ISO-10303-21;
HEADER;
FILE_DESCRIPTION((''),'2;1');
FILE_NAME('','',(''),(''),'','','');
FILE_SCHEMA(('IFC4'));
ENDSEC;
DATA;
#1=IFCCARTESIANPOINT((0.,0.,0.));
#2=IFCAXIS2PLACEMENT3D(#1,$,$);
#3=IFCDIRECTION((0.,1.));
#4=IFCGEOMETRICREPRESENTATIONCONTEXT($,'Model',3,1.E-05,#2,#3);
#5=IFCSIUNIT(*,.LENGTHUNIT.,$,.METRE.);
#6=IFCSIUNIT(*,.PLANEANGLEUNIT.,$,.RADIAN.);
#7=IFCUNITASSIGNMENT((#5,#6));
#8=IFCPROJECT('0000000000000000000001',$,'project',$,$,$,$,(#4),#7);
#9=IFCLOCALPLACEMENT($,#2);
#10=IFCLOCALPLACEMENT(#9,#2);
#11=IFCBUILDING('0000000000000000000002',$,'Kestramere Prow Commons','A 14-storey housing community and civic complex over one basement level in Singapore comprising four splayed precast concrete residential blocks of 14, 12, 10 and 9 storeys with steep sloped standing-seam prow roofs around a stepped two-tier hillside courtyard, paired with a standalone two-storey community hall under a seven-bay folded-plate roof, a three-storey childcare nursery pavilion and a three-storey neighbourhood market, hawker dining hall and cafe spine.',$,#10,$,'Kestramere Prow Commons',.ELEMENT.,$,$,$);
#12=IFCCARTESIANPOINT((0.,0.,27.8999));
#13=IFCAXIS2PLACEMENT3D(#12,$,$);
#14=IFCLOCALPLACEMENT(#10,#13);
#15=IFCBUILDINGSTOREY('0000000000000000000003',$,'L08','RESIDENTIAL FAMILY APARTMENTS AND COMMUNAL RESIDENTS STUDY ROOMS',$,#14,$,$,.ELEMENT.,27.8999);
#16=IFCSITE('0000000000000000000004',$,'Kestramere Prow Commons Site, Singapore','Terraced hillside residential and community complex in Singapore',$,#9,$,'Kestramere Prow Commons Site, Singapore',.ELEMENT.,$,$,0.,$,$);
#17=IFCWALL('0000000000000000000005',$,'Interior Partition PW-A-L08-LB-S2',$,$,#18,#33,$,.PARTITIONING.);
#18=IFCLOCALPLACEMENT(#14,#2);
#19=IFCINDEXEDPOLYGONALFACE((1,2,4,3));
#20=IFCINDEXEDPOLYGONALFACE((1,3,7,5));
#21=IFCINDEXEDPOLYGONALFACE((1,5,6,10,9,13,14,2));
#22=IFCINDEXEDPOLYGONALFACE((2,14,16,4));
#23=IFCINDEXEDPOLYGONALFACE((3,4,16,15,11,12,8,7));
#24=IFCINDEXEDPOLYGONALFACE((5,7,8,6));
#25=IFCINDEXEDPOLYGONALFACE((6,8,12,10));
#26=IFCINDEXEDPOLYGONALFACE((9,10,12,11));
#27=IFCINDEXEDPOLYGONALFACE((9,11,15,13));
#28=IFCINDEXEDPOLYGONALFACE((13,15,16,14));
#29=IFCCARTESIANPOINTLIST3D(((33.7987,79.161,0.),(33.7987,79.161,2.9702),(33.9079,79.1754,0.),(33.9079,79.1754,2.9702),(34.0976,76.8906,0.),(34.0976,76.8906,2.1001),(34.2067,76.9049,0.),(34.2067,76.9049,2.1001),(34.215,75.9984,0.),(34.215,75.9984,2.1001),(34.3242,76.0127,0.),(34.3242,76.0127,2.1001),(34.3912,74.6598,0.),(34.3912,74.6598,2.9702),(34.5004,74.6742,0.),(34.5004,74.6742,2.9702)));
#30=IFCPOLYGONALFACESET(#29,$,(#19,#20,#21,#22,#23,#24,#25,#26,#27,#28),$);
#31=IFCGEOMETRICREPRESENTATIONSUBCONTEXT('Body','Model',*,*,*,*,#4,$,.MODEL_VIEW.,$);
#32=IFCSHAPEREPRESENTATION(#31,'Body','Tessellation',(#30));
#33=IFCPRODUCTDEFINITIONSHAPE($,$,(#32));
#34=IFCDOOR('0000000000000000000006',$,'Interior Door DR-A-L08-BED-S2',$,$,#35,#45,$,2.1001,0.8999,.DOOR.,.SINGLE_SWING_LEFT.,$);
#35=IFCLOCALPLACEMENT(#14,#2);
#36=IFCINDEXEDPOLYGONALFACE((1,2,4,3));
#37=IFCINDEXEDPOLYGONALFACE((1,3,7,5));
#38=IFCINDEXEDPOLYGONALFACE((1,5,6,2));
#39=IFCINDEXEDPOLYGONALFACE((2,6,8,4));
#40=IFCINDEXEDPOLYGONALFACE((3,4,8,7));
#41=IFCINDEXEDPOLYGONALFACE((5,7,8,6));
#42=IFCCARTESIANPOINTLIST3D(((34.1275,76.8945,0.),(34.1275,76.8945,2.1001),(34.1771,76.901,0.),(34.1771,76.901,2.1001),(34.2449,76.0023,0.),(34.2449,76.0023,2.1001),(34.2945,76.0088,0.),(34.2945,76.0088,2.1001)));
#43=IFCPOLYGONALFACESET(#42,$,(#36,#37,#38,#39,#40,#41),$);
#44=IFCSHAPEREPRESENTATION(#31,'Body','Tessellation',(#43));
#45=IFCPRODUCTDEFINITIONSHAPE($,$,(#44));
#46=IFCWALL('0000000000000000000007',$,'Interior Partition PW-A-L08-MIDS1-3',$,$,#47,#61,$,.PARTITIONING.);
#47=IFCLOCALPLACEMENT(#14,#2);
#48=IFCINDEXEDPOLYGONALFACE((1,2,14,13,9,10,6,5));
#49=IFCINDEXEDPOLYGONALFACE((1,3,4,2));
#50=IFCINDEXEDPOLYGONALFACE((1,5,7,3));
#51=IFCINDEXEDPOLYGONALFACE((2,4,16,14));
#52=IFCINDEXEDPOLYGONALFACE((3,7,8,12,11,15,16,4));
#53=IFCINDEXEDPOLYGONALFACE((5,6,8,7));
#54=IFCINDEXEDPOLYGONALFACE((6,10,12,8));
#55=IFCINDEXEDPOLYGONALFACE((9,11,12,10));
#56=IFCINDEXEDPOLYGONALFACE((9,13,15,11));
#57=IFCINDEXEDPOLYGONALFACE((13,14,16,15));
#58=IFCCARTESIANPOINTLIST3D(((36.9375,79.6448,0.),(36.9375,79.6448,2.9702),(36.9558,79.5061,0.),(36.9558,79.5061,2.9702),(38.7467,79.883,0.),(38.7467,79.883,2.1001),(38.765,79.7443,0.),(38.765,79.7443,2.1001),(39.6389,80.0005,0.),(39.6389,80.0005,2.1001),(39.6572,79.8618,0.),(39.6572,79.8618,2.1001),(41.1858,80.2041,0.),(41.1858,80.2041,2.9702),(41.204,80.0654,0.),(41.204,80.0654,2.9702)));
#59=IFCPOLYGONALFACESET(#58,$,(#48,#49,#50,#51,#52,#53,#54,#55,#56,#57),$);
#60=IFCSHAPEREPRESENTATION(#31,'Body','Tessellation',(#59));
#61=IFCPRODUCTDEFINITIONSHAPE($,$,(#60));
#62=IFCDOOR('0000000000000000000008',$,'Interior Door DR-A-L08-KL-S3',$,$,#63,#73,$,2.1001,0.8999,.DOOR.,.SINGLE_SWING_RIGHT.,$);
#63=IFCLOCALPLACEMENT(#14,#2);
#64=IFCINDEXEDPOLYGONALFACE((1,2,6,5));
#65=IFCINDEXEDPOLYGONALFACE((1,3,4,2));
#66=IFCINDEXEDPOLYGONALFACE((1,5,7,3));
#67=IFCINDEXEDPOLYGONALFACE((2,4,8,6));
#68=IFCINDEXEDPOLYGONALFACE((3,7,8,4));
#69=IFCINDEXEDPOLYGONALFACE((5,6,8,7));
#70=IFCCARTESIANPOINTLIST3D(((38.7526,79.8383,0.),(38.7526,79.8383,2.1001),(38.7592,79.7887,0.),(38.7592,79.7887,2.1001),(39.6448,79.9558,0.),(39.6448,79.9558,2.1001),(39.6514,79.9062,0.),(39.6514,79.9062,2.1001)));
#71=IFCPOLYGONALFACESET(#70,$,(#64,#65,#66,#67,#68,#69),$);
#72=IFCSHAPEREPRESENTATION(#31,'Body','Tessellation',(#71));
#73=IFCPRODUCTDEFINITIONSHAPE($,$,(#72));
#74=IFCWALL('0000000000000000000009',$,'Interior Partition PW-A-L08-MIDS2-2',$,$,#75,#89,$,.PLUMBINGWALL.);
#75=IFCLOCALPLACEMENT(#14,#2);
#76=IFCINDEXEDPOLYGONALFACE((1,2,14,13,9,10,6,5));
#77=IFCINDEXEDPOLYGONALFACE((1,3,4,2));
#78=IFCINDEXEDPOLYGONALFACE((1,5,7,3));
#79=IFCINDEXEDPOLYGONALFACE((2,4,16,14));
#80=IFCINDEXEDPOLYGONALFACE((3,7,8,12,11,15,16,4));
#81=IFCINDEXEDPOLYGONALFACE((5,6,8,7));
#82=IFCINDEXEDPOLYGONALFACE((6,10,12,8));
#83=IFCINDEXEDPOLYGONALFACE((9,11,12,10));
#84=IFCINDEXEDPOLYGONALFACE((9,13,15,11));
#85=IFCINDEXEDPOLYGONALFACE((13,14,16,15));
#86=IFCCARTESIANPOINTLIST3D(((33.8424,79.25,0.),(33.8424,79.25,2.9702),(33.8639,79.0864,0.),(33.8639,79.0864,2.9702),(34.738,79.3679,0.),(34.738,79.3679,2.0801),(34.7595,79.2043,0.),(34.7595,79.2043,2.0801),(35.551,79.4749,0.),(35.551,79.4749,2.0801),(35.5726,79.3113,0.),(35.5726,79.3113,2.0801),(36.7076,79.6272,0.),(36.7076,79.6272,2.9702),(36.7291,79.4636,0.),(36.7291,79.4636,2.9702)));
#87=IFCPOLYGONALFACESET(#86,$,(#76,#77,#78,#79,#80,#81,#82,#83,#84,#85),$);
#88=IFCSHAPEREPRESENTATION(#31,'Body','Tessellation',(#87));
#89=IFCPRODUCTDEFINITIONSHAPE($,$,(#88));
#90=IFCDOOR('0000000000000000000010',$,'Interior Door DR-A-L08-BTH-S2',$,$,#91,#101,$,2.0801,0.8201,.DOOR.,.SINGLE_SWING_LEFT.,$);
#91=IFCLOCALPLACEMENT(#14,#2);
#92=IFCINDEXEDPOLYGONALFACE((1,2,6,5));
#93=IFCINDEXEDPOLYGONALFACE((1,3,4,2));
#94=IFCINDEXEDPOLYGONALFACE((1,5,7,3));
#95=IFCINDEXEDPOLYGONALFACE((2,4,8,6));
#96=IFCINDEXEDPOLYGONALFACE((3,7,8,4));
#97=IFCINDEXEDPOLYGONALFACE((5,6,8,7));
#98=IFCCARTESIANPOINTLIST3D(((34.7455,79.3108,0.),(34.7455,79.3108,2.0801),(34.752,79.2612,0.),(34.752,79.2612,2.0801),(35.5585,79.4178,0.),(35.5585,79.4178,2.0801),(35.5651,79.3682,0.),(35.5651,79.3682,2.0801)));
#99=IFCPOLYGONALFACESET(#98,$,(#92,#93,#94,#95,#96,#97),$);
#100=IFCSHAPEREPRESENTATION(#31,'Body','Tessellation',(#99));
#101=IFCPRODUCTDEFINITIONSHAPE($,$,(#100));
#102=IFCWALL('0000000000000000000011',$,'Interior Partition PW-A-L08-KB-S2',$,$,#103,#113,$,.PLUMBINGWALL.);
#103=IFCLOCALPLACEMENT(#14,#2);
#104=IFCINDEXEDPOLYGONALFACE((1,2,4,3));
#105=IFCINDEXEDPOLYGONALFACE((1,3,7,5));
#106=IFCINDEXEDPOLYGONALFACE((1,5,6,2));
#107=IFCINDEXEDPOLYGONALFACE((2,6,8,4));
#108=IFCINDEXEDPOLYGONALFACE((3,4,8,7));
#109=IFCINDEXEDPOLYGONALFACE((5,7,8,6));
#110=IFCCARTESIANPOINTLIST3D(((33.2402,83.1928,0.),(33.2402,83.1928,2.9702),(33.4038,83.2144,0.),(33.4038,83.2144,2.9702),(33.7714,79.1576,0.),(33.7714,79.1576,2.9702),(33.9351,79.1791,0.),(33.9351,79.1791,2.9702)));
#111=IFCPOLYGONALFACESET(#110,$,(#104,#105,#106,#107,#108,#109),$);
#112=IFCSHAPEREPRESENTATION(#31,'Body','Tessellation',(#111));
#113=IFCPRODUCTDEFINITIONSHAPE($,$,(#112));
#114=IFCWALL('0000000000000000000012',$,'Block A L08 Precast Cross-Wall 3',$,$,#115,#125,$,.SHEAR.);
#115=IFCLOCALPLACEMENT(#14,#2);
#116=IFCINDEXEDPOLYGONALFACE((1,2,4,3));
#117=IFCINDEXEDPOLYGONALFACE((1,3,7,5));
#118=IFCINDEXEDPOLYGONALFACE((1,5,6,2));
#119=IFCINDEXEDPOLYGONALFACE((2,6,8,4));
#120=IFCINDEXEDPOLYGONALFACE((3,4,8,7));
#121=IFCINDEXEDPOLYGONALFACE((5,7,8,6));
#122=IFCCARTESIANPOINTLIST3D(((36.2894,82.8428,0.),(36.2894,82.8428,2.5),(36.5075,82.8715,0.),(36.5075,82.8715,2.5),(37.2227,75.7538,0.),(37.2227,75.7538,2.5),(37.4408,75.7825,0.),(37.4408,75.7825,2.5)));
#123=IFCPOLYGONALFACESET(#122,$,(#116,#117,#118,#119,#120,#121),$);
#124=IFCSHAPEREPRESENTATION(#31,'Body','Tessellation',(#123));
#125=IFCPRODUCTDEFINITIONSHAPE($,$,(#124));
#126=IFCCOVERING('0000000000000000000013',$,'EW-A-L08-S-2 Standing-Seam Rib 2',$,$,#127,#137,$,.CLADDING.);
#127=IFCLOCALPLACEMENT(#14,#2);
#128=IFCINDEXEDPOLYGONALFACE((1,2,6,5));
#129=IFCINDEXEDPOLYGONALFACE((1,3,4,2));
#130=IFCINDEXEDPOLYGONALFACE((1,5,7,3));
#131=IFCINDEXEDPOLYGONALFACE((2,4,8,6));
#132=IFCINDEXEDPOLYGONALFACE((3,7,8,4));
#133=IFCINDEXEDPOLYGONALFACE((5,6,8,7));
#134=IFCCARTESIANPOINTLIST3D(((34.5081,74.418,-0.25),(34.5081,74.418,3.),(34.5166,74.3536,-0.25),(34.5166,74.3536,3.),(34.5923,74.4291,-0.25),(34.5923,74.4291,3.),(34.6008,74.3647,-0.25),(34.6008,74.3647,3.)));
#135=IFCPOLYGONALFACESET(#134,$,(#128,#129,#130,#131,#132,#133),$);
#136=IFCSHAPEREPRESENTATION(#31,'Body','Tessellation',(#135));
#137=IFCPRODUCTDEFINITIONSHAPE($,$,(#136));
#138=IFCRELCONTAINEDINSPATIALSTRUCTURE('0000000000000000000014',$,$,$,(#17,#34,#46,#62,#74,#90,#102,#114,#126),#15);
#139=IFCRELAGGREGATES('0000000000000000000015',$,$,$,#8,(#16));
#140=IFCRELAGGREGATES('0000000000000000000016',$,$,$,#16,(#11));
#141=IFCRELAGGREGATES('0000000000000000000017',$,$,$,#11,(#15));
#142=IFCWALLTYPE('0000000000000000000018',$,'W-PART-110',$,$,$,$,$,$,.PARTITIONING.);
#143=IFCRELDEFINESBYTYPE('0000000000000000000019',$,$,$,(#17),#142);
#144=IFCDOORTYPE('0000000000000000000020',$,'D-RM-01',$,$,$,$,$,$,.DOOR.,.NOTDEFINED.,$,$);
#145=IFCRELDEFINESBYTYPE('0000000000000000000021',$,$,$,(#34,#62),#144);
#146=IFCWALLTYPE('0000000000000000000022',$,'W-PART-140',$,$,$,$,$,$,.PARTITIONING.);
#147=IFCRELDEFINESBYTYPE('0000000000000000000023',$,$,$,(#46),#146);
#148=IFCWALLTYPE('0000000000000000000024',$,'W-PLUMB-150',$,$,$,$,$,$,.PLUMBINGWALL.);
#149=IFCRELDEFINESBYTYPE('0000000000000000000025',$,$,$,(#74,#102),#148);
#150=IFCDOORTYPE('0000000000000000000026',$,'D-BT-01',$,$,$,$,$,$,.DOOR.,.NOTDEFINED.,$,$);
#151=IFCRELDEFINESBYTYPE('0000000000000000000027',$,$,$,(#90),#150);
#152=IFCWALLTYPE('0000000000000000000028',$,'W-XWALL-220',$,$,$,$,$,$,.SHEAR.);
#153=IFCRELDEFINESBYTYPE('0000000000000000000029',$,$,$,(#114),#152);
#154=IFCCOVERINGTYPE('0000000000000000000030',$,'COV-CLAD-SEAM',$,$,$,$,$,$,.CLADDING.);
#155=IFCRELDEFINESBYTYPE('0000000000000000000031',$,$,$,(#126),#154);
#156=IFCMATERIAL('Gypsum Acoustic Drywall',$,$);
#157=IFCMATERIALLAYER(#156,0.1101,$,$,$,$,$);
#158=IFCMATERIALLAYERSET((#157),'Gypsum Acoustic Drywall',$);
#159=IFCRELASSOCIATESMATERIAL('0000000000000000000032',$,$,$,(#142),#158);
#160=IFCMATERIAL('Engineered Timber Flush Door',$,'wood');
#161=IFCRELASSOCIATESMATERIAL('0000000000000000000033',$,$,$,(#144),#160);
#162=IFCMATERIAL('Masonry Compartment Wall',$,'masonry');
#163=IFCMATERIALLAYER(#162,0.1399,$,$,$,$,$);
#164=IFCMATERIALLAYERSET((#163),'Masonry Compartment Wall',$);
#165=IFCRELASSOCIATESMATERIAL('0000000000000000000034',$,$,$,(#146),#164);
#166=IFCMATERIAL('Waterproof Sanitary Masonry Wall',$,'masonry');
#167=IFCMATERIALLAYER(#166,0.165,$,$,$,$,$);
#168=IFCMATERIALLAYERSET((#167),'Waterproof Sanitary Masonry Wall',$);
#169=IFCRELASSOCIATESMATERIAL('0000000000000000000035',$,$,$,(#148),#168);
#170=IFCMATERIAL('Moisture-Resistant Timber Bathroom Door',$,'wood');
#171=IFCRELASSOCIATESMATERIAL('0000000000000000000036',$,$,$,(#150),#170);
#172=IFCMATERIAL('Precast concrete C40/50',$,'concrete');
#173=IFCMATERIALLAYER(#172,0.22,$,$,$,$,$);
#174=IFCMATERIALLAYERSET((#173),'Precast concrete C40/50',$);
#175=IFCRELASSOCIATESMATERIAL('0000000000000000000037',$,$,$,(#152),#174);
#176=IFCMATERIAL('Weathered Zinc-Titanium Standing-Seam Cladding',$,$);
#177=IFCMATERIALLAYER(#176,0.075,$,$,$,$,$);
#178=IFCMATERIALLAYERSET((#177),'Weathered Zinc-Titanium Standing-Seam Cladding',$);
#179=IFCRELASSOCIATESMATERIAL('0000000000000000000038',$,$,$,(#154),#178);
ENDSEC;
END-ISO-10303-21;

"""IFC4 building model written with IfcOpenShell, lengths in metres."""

from ifc_helpers import new_model, si_unit, direction, frame, frame_2d, origin, origin_2d, place, context, subcontext, project, spatial, rectangle, extrude, material, layer, layer_set, type_object, element, fill, save


model = new_model("IFC4")

# Units and contexts
model_context = context("Model", 3, precision=1e-05, world=origin(), true_north=direction((0.0, 1.0)))
body_context = subcontext(model_context, "Body", "Model", "MODEL_VIEW")
ifc_project = project(units=[si_unit("LENGTHUNIT", "METRE"), si_unit("PLANEANGLEUNIT", "RADIAN")], contexts=[model_context])

# Site, building, storey
site_placement = place(None, origin())
site = spatial("IfcSite", under=ifc_project, at=site_placement, Name="Kestramere Prow Commons Site, Singapore", Description="Terraced hillside residential and community complex in Singapore", LongName="Kestramere Prow Commons Site, Singapore", CompositionType="ELEMENT", RefElevation=0.0)
building_placement = place(site_placement, origin())
building = spatial("IfcBuilding", under=site, at=building_placement, Name="Kestramere Prow Commons", Description="A 14-storey housing community and civic complex over one basement level in Singapore comprising four splayed precast concrete residential blocks of 14, 12, 10 and 9 storeys with steep sloped standing-seam prow roofs around a stepped two-tier hillside courtyard, paired with a standalone two-storey community hall under a seven-bay folded-plate roof, a three-storey childcare nursery pavilion and a three-storey neighbourhood market, hawker dining hall and cafe spine.", LongName="Kestramere Prow Commons", CompositionType="ELEMENT")
storey_placement = place(building_placement, frame((0.0, 0.0, 27.8999)))
storey = spatial("IfcBuildingStorey", under=building, at=storey_placement, Name="L08", Description="RESIDENTIAL FAMILY APARTMENTS AND COMMUNAL RESIDENTS STUDY ROOMS", CompositionType="ELEMENT", Elevation=27.8999)

# Shared definitions
ifc_material_1 = material(Name="Precast concrete C40/50", Category="concrete")

# Walls, openings, doors
ifc_material_2 = material(Name="Gypsum Acoustic Drywall")
ifc_layer_1 = layer(ifc_material_2, 0.1101)
ifc_layer_set_1 = layer_set([ifc_layer_1], Name="Gypsum Acoustic Drywall")
wall_type_1 = type_object("IfcWallType", Name="W-PART-110", PredefinedType="PARTITIONING", material=ifc_layer_set_1)
wall_1_placement = place(storey_placement, frame((34.4458, 74.667, 0.0), z_axis=(0.0, 0.0, 1.0), x_axis=(-0.130512, 0.991447, 0.0)))
wall_1 = element("IfcWall", 1, at=wall_1_placement, inside=storey, type_object=wall_type_1, Name="Interior Partition PW-A-L08-LB-S2", PredefinedType="PARTITIONING", context=body_context, shape_type="SweptSolid", body=[
    extrude(rectangle(XDim=4.54, YDim=0.1101, at=frame_2d((2.27, 0.0))), origin(), (0.0, 0.0, 1.0), 2.9702),
])
opening_1_placement = place(wall_1_placement, frame((1.3501, 0.0, 0.0)))
opening_1 = element("IfcOpeningElement", 2, at=opening_1_placement, cuts=wall_1, PredefinedType="OPENING", context=body_context, shape_type="SweptSolid", body=[
    extrude(rectangle(XDim=0.8999, YDim=2.1001, at=frame_2d((0.45, 1.05))), frame((0.0, 0.0701, 0.0), z_axis=(0.0, -1.0, 0.0), x_axis=(1.0, 0.0, 0.0)), (0.0, 0.0, 1.0), 0.1401),
])
ifc_material_3 = material(Name="Engineered Timber Flush Door", Category="wood")
door_type_1 = type_object("IfcDoorType", Name="D-RM-01", OperationType="NOTDEFINED", PredefinedType="DOOR", material=ifc_material_3)
door_1_placement = place(opening_1_placement, origin())
door_1 = element("IfcDoor", 3, at=door_1_placement, inside=storey, type_object=door_type_1, Name="Interior Door DR-A-L08-BED-S2", OperationType="SINGLE_SWING_LEFT", OverallHeight=2.1001, OverallWidth=0.8999, PredefinedType="DOOR", context=body_context, shape_type="SweptSolid", body=[
    extrude(rectangle(XDim=0.8999, YDim=2.1001, at=frame_2d((0.45, 1.05))), frame((0.0, 0.0249, 0.0), z_axis=(0.0, -1.0, 0.0), x_axis=(1.0, 0.0, 0.0)), (0.0, 0.0, 1.0), 0.05),
])
fill(opening_1, door_1)
ifc_material_4 = material(Name="Masonry Compartment Wall", Category="masonry")
ifc_layer_2 = layer(ifc_material_4, 0.1399)
ifc_layer_set_2 = layer_set([ifc_layer_2], Name="Masonry Compartment Wall")
wall_type_2 = type_object("IfcWallType", Name="W-PART-140", PredefinedType="PARTITIONING", material=ifc_layer_set_2)
wall_2_placement = place(storey_placement, frame((36.9465, 79.5754, 0.0), z_axis=(0.0, 0.0, 1.0), x_axis=(0.991444, 0.130533, 0.0)))
wall_2 = element("IfcWall", 4, at=wall_2_placement, inside=storey, type_object=wall_type_2, Name="Interior Partition PW-A-L08-MIDS1-3", PredefinedType="PARTITIONING", context=body_context, shape_type="SweptSolid", body=[
    extrude(rectangle(XDim=4.2849, YDim=0.1399, at=frame_2d((2.1426, 0.0))), origin(), (0.0, 0.0, 1.0), 2.9702),
])
opening_2_placement = place(wall_2_placement, frame((1.825, 0.0, 0.0)))
opening_2 = element("IfcOpeningElement", 5, at=opening_2_placement, cuts=wall_2, PredefinedType="OPENING", context=body_context, shape_type="SweptSolid", body=[
    extrude(rectangle(XDim=0.8999, YDim=2.1001, at=frame_2d((0.45, 1.05))), frame((0.0, 0.085, 0.0), z_axis=(0.0, -1.0, 0.0), x_axis=(1.0, 0.0, 0.0)), (0.0, 0.0, 1.0), 0.1699),
])
door_2_placement = place(opening_2_placement, origin())
door_2 = element("IfcDoor", 6, at=door_2_placement, inside=storey, type_object=door_type_1, Name="Interior Door DR-A-L08-KL-S3", OperationType="SINGLE_SWING_RIGHT", OverallHeight=2.1001, OverallWidth=0.8999, PredefinedType="DOOR", context=body_context, shape_type="SweptSolid", body=[
    extrude(rectangle(XDim=0.8999, YDim=2.1001, at=frame_2d((0.45, 1.05))), frame((0.0, 0.0249, 0.0), z_axis=(0.0, -1.0, 0.0), x_axis=(1.0, 0.0, 0.0)), (0.0, 0.0, 1.0), 0.05),
])
fill(opening_2, door_2)
ifc_material_5 = material(Name="Waterproof Sanitary Masonry Wall", Category="masonry")
ifc_layer_3 = layer(ifc_material_5, 0.165)
ifc_layer_set_3 = layer_set([ifc_layer_3], Name="Waterproof Sanitary Masonry Wall")
wall_type_3 = type_object("IfcWallType", Name="W-PLUMB-150", PredefinedType="PLUMBINGWALL", material=ifc_layer_set_3)
wall_3_placement = place(storey_placement, frame((33.8533, 79.1682, 0.0), z_axis=(0.0, 0.0, 1.0), x_axis=(0.991446, 0.13052, 0.0)))
wall_3 = element("IfcWall", 7, at=wall_3_placement, inside=storey, type_object=wall_type_3, Name="Interior Partition PW-A-L08-MIDS2-2", PredefinedType="PLUMBINGWALL", context=body_context, shape_type="SweptSolid", body=[
    extrude(rectangle(XDim=2.8899, YDim=0.165, at=frame_2d((1.4448, 0.0))), origin(), (0.0, 0.0, 1.0), 2.9702),
])
opening_3_placement = place(wall_3_placement, frame((0.9031, 0.0, 0.0)))
opening_3 = element("IfcOpeningElement", 8, at=opening_3_placement, cuts=wall_3, PredefinedType="OPENING", context=body_context, shape_type="SweptSolid", body=[
    extrude(rectangle(XDim=0.8201, YDim=2.0801, at=frame_2d((0.4102, 1.04))), frame((0.0, 0.0974, 0.0), z_axis=(0.0, -1.0, 0.0), x_axis=(1.0, 0.0, 0.0)), (0.0, 0.0, 1.0), 0.1951),
])
ifc_material_6 = material(Name="Moisture-Resistant Timber Bathroom Door", Category="wood")
door_type_2 = type_object("IfcDoorType", Name="D-BT-01", OperationType="NOTDEFINED", PredefinedType="DOOR", material=ifc_material_6)
door_3_placement = place(opening_3_placement, origin())
door_3 = element("IfcDoor", 9, at=door_3_placement, inside=storey, type_object=door_type_2, Name="Interior Door DR-A-L08-BTH-S2", OperationType="SINGLE_SWING_LEFT", OverallHeight=2.0801, OverallWidth=0.8201, PredefinedType="DOOR", context=body_context, shape_type="SweptSolid", body=[
    extrude(rectangle(XDim=0.8201, YDim=2.0801, at=frame_2d((0.4102, 1.04))), frame((0.0, 0.0249, 0.0), z_axis=(0.0, -1.0, 0.0), x_axis=(1.0, 0.0, 0.0)), (0.0, 0.0, 1.0), 0.05),
])
fill(opening_3, door_3)

# Walls
wall_4_placement = place(storey_placement, frame((33.8533, 79.1682, 0.0), z_axis=(0.0, 0.0, 1.0), x_axis=(-0.130529, 0.991444, 0.0)))
element("IfcWall", 10, at=wall_4_placement, inside=storey, type_object=wall_type_3, Name="Interior Partition PW-A-L08-KB-S2", PredefinedType="PLUMBINGWALL", context=body_context, shape_type="SweptSolid", body=[
    extrude(rectangle(XDim=4.0701, YDim=0.165, at=frame_2d((2.0352, 0.0))), origin(), (0.0, 0.0, 1.0), 2.9702),
])
ifc_layer_4 = layer(ifc_material_1, 0.22)
ifc_layer_set_4 = layer_set([ifc_layer_4], Name="Precast concrete C40/50")
wall_type_4 = type_object("IfcWallType", Name="W-XWALL-220", PredefinedType="SHEAR", material=ifc_layer_set_4)
wall_5_placement = place(storey_placement, frame((37.3318, 75.7681, 0.0), z_axis=(0.0, 0.0, 1.0), x_axis=(-0.130538, 0.991443, 0.0)))
element("IfcWall", 11, at=wall_5_placement, inside=storey, type_object=wall_type_4, Name="Block A L08 Precast Cross-Wall 3", PredefinedType="SHEAR", context=body_context, shape_type="SweptSolid", body=[
    extrude(rectangle(XDim=7.1501, YDim=0.22, at=frame_2d((3.5752, 0.0))), origin(), (0.0, 0.0, 1.0), 2.5),
])

# Covering
ifc_material_7 = material(Name="Weathered Zinc-Titanium Standing-Seam Cladding")
ifc_layer_5 = layer(ifc_material_7, 0.075)
ifc_layer_set_5 = layer_set([ifc_layer_5], Name="Weathered Zinc-Titanium Standing-Seam Cladding")
covering_type = type_object("IfcCoveringType", Name="COV-CLAD-SEAM", PredefinedType="CLADDING", material=ifc_layer_set_5)
covering_placement = place(storey_placement, frame((34.5544, 74.3914, -0.25), z_axis=(0.0, 0.0, 1.0), x_axis=(-0.991445, -0.130526, 0.0)))
element("IfcCovering", 12, at=covering_placement, inside=storey, type_object=covering_type, Name="EW-A-L08-S-2 Standing-Seam Rib 2", PredefinedType="CLADDING", context=body_context, shape_type="SweptSolid", body=[
    extrude(rectangle(XDim=0.085, YDim=0.0649, at=origin_2d()), origin(), (0.0, 0.0, 1.0), 3.25),
])

save(model, "model.ifc")
